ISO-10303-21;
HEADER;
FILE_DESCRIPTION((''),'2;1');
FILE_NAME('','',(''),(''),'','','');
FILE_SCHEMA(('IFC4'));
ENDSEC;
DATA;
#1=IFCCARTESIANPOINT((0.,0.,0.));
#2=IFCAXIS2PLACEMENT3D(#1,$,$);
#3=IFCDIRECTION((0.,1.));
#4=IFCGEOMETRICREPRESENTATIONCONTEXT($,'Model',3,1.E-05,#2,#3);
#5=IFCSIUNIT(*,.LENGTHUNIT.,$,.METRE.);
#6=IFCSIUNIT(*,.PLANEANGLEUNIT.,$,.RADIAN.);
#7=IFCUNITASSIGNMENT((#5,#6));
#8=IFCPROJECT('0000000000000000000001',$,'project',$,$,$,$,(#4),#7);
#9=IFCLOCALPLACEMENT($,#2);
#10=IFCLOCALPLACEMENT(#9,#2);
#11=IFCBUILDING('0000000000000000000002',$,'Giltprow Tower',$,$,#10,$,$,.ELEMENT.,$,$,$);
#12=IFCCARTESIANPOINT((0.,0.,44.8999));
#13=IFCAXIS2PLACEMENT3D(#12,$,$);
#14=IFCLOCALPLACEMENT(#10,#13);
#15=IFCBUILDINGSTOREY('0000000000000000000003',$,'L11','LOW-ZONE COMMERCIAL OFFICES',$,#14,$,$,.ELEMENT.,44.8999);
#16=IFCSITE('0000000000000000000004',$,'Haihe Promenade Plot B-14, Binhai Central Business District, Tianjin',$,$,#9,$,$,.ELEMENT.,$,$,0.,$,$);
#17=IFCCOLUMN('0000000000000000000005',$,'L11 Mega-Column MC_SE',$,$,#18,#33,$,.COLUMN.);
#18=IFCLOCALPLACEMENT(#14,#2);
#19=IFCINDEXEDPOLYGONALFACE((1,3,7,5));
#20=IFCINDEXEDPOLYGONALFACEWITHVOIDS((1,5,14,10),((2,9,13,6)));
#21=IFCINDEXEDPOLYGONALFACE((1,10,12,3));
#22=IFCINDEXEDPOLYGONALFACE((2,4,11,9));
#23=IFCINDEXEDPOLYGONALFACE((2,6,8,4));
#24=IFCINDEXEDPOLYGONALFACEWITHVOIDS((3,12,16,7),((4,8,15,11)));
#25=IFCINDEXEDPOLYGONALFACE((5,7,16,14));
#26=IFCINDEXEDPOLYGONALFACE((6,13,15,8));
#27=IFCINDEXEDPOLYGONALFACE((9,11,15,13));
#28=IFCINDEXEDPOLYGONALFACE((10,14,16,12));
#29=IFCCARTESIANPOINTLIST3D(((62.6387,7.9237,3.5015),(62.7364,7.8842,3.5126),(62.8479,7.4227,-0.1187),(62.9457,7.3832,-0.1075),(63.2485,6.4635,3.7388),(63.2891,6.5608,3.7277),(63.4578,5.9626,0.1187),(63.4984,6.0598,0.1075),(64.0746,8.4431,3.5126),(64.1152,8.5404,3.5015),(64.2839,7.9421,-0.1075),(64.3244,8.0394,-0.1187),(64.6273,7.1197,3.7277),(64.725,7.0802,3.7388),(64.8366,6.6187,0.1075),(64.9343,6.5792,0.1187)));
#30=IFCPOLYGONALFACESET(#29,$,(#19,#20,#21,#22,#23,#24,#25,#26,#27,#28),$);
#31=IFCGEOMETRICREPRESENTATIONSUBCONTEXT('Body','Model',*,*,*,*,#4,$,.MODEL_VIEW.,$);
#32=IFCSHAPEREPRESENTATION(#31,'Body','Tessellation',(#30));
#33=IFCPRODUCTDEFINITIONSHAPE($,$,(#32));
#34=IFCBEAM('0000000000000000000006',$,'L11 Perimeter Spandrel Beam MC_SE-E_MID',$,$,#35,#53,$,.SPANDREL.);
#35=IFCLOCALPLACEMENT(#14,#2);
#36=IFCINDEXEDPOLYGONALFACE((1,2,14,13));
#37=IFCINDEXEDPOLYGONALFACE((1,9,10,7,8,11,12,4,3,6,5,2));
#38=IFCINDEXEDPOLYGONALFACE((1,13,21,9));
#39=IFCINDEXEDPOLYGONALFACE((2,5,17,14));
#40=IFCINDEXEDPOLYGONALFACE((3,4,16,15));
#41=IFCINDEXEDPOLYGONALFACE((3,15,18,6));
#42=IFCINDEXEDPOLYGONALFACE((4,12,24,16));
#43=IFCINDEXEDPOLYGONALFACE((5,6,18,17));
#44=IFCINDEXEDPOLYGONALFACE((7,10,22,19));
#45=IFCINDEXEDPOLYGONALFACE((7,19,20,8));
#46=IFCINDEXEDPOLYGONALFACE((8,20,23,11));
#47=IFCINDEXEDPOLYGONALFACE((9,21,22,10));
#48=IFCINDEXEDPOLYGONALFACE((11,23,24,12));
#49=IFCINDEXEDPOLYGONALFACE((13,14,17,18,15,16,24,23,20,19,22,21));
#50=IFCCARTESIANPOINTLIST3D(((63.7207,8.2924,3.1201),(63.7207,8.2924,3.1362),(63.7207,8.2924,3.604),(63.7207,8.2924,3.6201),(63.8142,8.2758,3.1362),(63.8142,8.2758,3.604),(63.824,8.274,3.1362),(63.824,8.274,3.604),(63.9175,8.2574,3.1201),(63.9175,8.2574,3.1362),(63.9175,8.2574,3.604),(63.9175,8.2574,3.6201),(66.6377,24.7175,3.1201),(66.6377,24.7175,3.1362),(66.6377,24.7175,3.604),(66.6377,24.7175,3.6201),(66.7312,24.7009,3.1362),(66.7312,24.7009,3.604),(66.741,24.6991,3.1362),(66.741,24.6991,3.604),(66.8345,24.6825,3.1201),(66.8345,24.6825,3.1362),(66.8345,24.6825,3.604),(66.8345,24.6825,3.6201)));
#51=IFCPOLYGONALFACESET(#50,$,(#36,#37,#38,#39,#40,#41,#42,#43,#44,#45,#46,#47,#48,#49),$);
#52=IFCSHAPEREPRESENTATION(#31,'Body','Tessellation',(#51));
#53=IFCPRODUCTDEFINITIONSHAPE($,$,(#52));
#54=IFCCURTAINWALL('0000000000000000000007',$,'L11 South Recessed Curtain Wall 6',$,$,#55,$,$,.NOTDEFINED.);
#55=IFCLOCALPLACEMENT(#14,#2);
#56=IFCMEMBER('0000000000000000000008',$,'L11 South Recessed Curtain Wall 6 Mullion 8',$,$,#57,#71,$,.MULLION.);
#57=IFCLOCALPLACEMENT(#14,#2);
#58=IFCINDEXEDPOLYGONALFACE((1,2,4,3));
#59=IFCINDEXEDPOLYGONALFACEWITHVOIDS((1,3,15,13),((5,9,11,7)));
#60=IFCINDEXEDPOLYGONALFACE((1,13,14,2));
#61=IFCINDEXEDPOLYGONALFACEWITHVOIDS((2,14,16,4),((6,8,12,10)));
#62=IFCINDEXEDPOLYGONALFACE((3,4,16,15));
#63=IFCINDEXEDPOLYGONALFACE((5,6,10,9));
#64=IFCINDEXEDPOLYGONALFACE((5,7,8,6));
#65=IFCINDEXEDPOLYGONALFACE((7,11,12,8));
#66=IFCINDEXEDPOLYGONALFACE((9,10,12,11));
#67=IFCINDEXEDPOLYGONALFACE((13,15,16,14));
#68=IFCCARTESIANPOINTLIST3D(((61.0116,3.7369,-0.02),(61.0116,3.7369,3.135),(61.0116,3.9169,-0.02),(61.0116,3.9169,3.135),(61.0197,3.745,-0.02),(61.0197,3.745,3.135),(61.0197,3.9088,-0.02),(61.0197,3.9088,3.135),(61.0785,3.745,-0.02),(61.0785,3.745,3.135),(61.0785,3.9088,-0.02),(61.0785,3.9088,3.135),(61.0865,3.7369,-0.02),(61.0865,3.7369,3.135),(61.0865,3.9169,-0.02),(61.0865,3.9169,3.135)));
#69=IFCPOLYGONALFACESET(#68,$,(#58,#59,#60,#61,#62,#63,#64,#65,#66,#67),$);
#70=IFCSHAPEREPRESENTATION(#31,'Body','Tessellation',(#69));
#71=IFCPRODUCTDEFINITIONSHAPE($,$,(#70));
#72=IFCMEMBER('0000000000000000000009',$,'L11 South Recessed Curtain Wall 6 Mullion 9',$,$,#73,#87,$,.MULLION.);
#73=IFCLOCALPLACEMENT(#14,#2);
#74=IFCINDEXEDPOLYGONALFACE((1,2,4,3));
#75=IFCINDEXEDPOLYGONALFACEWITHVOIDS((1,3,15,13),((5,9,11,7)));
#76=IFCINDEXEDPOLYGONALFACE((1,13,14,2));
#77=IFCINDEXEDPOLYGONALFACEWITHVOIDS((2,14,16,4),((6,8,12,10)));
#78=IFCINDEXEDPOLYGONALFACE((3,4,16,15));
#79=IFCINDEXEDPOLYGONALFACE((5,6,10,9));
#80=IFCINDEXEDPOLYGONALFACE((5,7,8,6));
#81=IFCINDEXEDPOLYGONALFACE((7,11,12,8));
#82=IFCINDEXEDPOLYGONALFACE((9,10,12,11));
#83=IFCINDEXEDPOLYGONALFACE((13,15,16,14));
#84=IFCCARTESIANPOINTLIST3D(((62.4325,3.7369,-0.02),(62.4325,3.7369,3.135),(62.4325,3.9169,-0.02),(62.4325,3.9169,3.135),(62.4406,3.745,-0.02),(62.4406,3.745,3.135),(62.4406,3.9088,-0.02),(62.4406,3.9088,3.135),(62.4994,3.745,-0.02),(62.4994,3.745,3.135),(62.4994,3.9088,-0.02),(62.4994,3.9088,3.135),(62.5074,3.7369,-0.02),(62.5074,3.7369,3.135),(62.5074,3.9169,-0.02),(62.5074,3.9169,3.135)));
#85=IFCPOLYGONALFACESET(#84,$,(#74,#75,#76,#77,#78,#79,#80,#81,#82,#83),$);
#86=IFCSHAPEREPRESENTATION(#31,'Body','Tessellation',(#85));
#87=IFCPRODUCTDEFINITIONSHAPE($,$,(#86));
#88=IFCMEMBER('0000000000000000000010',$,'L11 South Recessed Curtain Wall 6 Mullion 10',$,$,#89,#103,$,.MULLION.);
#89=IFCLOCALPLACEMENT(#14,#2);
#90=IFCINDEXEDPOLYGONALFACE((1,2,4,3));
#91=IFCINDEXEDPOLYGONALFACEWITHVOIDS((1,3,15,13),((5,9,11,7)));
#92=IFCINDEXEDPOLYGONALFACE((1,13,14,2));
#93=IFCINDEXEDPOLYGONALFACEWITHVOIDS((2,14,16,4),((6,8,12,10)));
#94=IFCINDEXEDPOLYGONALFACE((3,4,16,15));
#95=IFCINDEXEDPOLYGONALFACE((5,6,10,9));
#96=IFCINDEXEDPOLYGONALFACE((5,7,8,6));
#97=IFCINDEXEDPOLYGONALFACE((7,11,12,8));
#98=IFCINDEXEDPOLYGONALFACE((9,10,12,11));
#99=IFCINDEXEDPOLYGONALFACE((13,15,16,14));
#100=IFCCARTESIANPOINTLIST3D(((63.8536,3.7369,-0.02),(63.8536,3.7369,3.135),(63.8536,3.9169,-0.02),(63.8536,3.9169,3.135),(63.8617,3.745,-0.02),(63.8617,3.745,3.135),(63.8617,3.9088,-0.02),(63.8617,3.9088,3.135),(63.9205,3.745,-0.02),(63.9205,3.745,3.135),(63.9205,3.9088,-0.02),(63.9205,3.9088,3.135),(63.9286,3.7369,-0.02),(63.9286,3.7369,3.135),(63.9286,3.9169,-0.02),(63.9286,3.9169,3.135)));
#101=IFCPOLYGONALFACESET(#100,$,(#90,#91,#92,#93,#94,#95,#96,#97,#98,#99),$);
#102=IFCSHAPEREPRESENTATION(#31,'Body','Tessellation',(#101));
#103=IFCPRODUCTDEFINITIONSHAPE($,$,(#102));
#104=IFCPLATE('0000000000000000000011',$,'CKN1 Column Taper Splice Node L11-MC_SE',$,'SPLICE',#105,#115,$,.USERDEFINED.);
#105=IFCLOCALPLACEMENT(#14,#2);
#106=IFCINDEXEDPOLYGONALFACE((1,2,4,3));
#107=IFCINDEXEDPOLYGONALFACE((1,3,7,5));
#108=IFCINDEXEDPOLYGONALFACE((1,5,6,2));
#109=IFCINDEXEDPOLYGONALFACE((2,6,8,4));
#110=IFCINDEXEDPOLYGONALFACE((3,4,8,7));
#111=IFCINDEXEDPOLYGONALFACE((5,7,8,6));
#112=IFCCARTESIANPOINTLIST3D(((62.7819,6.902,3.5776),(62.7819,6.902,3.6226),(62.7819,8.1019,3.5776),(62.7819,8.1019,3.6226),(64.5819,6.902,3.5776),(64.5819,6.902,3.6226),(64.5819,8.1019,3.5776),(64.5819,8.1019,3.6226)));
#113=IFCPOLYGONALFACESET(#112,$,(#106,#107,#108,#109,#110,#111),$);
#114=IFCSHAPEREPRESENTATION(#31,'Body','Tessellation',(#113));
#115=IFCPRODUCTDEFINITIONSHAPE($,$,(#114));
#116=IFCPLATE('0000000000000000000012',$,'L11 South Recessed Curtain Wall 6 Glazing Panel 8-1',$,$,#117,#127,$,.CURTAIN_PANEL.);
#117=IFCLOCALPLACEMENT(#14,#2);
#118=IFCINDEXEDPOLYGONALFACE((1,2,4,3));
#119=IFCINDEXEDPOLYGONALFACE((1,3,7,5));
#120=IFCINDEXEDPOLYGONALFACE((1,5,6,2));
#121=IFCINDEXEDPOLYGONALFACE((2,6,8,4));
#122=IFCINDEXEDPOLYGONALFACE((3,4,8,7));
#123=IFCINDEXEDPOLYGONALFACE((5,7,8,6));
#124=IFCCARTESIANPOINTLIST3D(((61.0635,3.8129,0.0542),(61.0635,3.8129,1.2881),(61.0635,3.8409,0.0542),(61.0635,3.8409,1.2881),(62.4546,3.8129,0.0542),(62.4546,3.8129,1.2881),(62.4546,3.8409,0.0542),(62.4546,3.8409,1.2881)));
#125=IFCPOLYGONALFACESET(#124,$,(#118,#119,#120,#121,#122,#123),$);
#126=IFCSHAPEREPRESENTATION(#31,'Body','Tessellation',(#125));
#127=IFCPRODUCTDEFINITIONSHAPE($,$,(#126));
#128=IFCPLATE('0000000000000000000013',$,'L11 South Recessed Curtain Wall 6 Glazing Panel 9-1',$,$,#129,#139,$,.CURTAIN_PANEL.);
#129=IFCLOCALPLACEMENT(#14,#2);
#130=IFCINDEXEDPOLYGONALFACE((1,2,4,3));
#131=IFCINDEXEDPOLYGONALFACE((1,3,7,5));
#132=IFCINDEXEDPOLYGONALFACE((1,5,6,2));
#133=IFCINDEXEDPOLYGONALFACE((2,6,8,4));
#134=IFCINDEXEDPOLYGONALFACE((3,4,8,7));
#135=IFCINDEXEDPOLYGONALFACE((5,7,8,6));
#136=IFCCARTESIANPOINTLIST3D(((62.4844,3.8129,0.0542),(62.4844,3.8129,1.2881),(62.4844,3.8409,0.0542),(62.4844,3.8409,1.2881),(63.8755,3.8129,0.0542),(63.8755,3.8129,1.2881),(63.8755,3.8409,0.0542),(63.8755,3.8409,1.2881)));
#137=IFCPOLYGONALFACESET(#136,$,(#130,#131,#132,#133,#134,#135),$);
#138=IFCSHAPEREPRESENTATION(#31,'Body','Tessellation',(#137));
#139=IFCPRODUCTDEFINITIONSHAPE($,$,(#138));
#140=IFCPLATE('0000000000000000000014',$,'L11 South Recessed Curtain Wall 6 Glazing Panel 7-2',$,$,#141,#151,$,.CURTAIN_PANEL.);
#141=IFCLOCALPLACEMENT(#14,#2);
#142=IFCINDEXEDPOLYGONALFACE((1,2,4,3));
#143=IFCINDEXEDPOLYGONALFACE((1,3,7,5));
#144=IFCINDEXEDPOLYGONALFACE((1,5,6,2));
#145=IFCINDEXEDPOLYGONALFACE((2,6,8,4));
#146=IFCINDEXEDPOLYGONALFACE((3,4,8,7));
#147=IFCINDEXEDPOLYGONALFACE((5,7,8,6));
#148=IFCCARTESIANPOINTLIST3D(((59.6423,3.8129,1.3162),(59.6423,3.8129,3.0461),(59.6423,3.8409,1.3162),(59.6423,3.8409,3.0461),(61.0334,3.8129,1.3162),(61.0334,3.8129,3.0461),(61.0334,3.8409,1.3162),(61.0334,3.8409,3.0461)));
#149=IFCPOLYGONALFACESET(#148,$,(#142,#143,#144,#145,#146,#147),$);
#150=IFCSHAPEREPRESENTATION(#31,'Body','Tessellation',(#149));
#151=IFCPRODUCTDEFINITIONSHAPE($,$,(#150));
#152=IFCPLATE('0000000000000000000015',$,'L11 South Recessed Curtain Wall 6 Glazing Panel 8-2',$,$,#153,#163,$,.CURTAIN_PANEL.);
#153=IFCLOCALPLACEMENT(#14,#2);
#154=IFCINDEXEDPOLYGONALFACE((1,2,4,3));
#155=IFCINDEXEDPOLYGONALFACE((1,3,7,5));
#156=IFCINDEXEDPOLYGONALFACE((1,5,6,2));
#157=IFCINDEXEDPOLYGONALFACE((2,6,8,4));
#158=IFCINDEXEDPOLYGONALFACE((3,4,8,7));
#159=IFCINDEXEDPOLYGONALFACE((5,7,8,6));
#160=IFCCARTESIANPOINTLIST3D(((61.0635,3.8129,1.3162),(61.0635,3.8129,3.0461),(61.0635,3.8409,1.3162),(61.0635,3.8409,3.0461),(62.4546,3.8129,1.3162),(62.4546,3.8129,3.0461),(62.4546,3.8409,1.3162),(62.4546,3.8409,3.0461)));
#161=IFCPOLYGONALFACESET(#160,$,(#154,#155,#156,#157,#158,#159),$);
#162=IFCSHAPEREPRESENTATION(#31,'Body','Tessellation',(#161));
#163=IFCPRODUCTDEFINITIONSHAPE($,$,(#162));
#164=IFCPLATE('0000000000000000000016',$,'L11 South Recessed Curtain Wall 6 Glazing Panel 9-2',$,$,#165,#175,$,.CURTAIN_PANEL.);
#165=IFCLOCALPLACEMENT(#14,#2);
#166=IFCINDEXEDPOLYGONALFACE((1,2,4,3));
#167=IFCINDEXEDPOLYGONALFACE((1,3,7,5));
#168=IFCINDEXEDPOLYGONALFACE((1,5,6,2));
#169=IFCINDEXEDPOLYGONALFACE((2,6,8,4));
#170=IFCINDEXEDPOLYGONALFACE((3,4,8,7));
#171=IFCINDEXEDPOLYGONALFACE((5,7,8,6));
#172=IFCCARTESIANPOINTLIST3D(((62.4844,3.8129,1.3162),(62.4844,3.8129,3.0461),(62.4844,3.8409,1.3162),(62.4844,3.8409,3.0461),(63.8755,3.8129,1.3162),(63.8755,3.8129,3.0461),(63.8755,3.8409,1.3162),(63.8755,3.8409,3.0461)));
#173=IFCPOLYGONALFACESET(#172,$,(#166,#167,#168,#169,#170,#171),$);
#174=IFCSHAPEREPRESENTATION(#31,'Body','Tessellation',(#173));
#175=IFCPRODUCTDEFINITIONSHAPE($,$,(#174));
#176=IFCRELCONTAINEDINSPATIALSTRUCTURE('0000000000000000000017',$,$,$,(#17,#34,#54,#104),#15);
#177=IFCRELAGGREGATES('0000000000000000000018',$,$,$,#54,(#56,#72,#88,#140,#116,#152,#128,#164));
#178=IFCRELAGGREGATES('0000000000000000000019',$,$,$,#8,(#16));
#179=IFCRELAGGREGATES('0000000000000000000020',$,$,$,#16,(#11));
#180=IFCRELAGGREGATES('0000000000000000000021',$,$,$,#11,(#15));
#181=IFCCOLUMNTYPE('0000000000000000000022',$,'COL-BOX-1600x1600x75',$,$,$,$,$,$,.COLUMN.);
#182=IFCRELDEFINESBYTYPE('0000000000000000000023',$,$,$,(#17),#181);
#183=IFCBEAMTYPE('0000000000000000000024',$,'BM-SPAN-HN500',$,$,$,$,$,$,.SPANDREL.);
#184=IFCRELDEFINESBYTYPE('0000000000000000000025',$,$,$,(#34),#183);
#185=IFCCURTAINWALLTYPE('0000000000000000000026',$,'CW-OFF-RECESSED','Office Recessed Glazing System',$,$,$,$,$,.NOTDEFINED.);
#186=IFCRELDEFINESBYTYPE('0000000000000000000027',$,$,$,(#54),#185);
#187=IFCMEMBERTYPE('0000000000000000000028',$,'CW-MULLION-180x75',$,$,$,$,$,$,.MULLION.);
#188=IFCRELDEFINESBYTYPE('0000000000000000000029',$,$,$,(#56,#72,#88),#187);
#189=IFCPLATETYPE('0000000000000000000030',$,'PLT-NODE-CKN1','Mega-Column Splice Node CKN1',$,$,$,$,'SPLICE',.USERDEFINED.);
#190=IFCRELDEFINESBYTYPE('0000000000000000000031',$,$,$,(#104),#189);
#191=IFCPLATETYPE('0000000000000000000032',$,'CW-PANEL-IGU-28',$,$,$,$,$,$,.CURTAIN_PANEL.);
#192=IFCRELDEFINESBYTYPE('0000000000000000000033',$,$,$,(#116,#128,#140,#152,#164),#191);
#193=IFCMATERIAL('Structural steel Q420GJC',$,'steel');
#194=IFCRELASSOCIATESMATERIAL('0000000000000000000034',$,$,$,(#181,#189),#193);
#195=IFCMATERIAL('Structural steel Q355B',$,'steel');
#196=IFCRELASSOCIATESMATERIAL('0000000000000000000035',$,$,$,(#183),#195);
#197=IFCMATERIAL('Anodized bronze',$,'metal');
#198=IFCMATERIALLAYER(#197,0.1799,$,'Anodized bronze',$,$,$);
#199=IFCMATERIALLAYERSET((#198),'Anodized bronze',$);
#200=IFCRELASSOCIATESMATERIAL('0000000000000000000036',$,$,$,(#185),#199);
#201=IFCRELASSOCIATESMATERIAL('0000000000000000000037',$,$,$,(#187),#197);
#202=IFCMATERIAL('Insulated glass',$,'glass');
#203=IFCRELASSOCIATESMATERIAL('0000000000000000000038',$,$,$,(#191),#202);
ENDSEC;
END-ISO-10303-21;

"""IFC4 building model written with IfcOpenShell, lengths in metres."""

from ifc_helpers import new_model, si_unit, direction, frame, origin, origin_2d, place, context, subcontext, project, spatial, rectangle, hollow_rectangle, i_section, extrude, source, transform, mapped, material, layer, layer_set, material_profile, profile_set, type_object, element, aggregate, save


model = new_model("IFC4")

# Units and contexts
model_context = context("Model", 3, precision=1e-05, world=origin(), true_north=direction((0.0, 1.0)))
body_context = subcontext(model_context, "Body", "Model", "MODEL_VIEW")
ifc_project = project(units=[si_unit("LENGTHUNIT", "METRE"), si_unit("PLANEANGLEUNIT", "RADIAN")], contexts=[model_context])

# Site, building, storey
site_placement = place(None, origin())
site = spatial("IfcSite", under=ifc_project, at=site_placement, Name="Haihe Promenade Plot B-14, Binhai Central Business District, Tianjin", CompositionType="ELEMENT", RefElevation=0.0)
building_placement = place(site_placement, origin())
building = spatial("IfcBuilding", under=site, at=building_placement, Name="Giltprow Tower", CompositionType="ELEMENT")
storey_placement = place(building_placement, frame((0.0, 0.0, 44.8999)))
storey = spatial("IfcBuildingStorey", under=building, at=storey_placement, Name="L11", Description="LOW-ZONE COMMERCIAL OFFICES", CompositionType="ELEMENT", Elevation=44.8999)

# Column
ifc_material_1 = material(Name="Structural steel Q420GJC", Category="steel")
ifc_material_profile_1 = material_profile(ifc_material_1, hollow_rectangle(XDim=1.6001, YDim=1.6001, WallThickness=0.075, at=origin_2d()), Name="BOX 1600x1600x75")
ifc_profile_set_1 = profile_set([ifc_material_profile_1], Name="Structural steel Q420GJC")
column_type = type_object("IfcColumnType", Name="COL-BOX-1600x1600x75", PredefinedType="COLUMN", material=ifc_profile_set_1)
shared_shape_1 = source(origin(), body_context, "Body", "SweptSolid", [
    extrude(hollow_rectangle(XDim=1.6001, YDim=1.6001, WallThickness=0.075, at=origin_2d()), origin(), (0.0, 0.0, 1.0), 3.6606),
])
column_placement = place(storey_placement, frame((63.8911, 7.001, 0.0), z_axis=(-0.057157, 0.136856, 0.988941), x_axis=(-0.922757, -0.385382, 0.0)))
element("IfcColumn", 1, at=column_placement, inside=storey, type_object=column_type, Name="L11 Mega-Column MC_SE", PredefinedType="COLUMN", context=body_context, shape_type="MappedRepresentation", body=[
    mapped(shared_shape_1, transform((0.0, 0.0, 0.0), x_axis=(1.0, 0.0, 0.0), y_axis=(0.0, 1.0, 0.0), z_axis=(0.0, 0.0, 1.0), scale=1.0)),
])

# Beam
ifc_material_2 = material(Name="Structural steel Q355B", Category="steel")
ifc_material_profile_2 = material_profile(ifc_material_2, i_section(OverallWidth=0.2, OverallDepth=0.5, WebThickness=0.01, FlangeThickness=0.0161, at=origin_2d()), Name="HN 500x200x10x16")
ifc_profile_set_2 = profile_set([ifc_material_profile_2], Name="Structural steel Q355B")
beam_type = type_object("IfcBeamType", Name="BM-SPAN-HN500", PredefinedType="SPANDREL", material=ifc_profile_set_2)
shared_shape_2 = source(origin(), body_context, "Body", "SweptSolid", [
    extrude(i_section(OverallWidth=0.2, OverallDepth=0.5, WebThickness=0.01, FlangeThickness=0.0161, at=origin_2d()), origin(), (0.0, 0.0, 1.0), 16.6821),
])
beam_placement = place(storey_placement, frame((63.8191, 8.2749, 3.3701), z_axis=(0.174858, 0.984594, 0.0), x_axis=(-0.984594, 0.174858, 0.0)))
element("IfcBeam", 2, at=beam_placement, inside=storey, type_object=beam_type, Name="L11 Perimeter Spandrel Beam MC_SE-E_MID", PredefinedType="SPANDREL", context=body_context, shape_type="MappedRepresentation", body=[
    mapped(shared_shape_2, transform((0.0, 0.0, 0.0), x_axis=(1.0, 0.0, 0.0), y_axis=(0.0, 1.0, 0.0), z_axis=(0.0, 0.0, 1.0), scale=1.0)),
])

# Curtain wall, members
ifc_material_3 = material(Name="Anodized bronze", Category="metal")
ifc_layer_1 = layer(ifc_material_3, 0.1799, Name="Anodized bronze")
ifc_layer_set_1 = layer_set([ifc_layer_1], Name="Anodized bronze")
curtain_wall_type = type_object("IfcCurtainWallType", Name="CW-OFF-RECESSED", Description="Office Recessed Glazing System", PredefinedType="NOTDEFINED", material=ifc_layer_set_1)
curtain_wall_placement = place(storey_placement, origin())
curtain_wall = element("IfcCurtainWall", 3, at=curtain_wall_placement, inside=storey, type_object=curtain_wall_type, Name="L11 South Recessed Curtain Wall 6", PredefinedType="NOTDEFINED")
ifc_material_profile_3 = material_profile(ifc_material_3, hollow_rectangle(XDim=0.075, YDim=0.1799, WallThickness=0.0081, at=origin_2d()), Name="RHS 180x75x8")
ifc_profile_set_3 = profile_set([ifc_material_profile_3], Name="Anodized bronze")
member_type = type_object("IfcMemberType", Name="CW-MULLION-180x75", PredefinedType="MULLION", material=ifc_profile_set_3)
shared_shape_3 = source(origin(), body_context, "Body", "SweptSolid", [
    extrude(hollow_rectangle(XDim=0.075, YDim=0.1799, WallThickness=0.0081, at=origin_2d()), origin(), (0.0, 0.0, 1.0), 3.155),
])
member_1_placement = place(storey_placement, frame((61.0491, 3.8269, -0.02), z_axis=(0.0, 0.0, 1.0), x_axis=(1.0, 0.0, 0.0)))
member_1 = element("IfcMember", 4, at=member_1_placement, type_object=member_type, Name="L11 South Recessed Curtain Wall 6 Mullion 8", PredefinedType="MULLION", context=body_context, shape_type="MappedRepresentation", body=[
    mapped(shared_shape_3, transform((0.0, 0.0, 0.0), x_axis=(1.0, 0.0, 0.0), y_axis=(0.0, 1.0, 0.0), z_axis=(0.0, 0.0, 1.0), scale=1.0)),
])
member_2_placement = place(storey_placement, frame((62.47, 3.8269, -0.02), z_axis=(0.0, 0.0, 1.0), x_axis=(1.0, 0.0, 0.0)))
member_2 = element("IfcMember", 5, at=member_2_placement, type_object=member_type, Name="L11 South Recessed Curtain Wall 6 Mullion 9", PredefinedType="MULLION", context=body_context, shape_type="MappedRepresentation", body=[
    mapped(shared_shape_3, transform((0.0, 0.0, 0.0), x_axis=(1.0, 0.0, 0.0), y_axis=(0.0, 1.0, 0.0), z_axis=(0.0, 0.0, 1.0), scale=1.0)),
])
member_3_placement = place(storey_placement, frame((63.8911, 3.8269, -0.02), z_axis=(0.0, 0.0, 1.0), x_axis=(1.0, 0.0, 0.0)))
member_3 = element("IfcMember", 6, at=member_3_placement, type_object=member_type, Name="L11 South Recessed Curtain Wall 6 Mullion 10", PredefinedType="MULLION", context=body_context, shape_type="MappedRepresentation", body=[
    mapped(shared_shape_3, transform((0.0, 0.0, 0.0), x_axis=(1.0, 0.0, 0.0), y_axis=(0.0, 1.0, 0.0), z_axis=(0.0, 0.0, 1.0), scale=1.0)),
])

# Plates
plate_type_1 = type_object("IfcPlateType", Name="PLT-NODE-CKN1", Description="Mega-Column Splice Node CKN1", ElementType="SPLICE", PredefinedType="USERDEFINED", material=ifc_material_1)
shared_shape_4 = source(origin(), body_context, "Body", "SweptSolid", [
    extrude(rectangle(XDim=1.8, YDim=1.2, at=origin_2d()), origin(), (0.0, 0.0, 1.0), 0.0449),
])
plate_1_placement = place(storey_placement, frame((63.6819, 7.502, 3.5776), z_axis=(0.0, 0.0, 1.0), x_axis=(1.0, 0.0, 0.0)))
element("IfcPlate", 7, at=plate_1_placement, inside=storey, type_object=plate_type_1, Name="CKN1 Column Taper Splice Node L11-MC_SE", ObjectType="SPLICE", PredefinedType="USERDEFINED", context=body_context, shape_type="MappedRepresentation", body=[
    mapped(shared_shape_4, transform((0.0, 0.0, 0.0), x_axis=(1.0, 0.0, 0.0), y_axis=(0.0, 1.0, 0.0), z_axis=(0.0, 0.0, 1.0), scale=1.0)),
])
ifc_material_4 = material(Name="Insulated glass", Category="glass")
plate_type_2 = type_object("IfcPlateType", Name="CW-PANEL-IGU-28", PredefinedType="CURTAIN_PANEL", material=ifc_material_4)
shared_shape_5 = source(origin(), body_context, "Body", "SweptSolid", [
    extrude(rectangle(XDim=1.3911, YDim=0.0281, at=origin_2d()), origin(), (0.0, 0.0, 1.0), 1.2339),
])
plate_2_placement = place(storey_placement, frame((61.759, 3.8269, 0.0542), z_axis=(0.0, 0.0, 1.0), x_axis=(1.0, 0.0, 0.0)))
plate_2 = element("IfcPlate", 8, at=plate_2_placement, type_object=plate_type_2, Name="L11 South Recessed Curtain Wall 6 Glazing Panel 8-1", PredefinedType="CURTAIN_PANEL", context=body_context, shape_type="MappedRepresentation", body=[
    mapped(shared_shape_5, transform((0.0, 0.0, 0.0), x_axis=(1.0, 0.0, 0.0), y_axis=(0.0, 1.0, 0.0), z_axis=(0.0, 0.0, 1.0), scale=1.0)),
])
plate_3_placement = place(storey_placement, frame((63.1799, 3.8269, 0.0542), z_axis=(0.0, 0.0, 1.0), x_axis=(1.0, 0.0, 0.0)))
plate_3 = element("IfcPlate", 9, at=plate_3_placement, type_object=plate_type_2, Name="L11 South Recessed Curtain Wall 6 Glazing Panel 9-1", PredefinedType="CURTAIN_PANEL", context=body_context, shape_type="MappedRepresentation", body=[
    mapped(shared_shape_5, transform((0.0, 0.0, 0.0), x_axis=(1.0, 0.0, 0.0), y_axis=(0.0, 1.0, 0.0), z_axis=(0.0, 0.0, 1.0), scale=1.0)),
])
shared_shape_6 = source(origin(), body_context, "Body", "SweptSolid", [
    extrude(rectangle(XDim=1.3911, YDim=0.0281, at=origin_2d()), origin(), (0.0, 0.0, 1.0), 1.73),
])
plate_4_placement = place(storey_placement, frame((60.3379, 3.8269, 1.3162), z_axis=(0.0, 0.0, 1.0), x_axis=(1.0, 0.0, 0.0)))
plate_4 = element("IfcPlate", 10, at=plate_4_placement, type_object=plate_type_2, Name="L11 South Recessed Curtain Wall 6 Glazing Panel 7-2", PredefinedType="CURTAIN_PANEL", context=body_context, shape_type="MappedRepresentation", body=[
    mapped(shared_shape_6, transform((0.0, 0.0, 0.0), x_axis=(1.0, 0.0, 0.0), y_axis=(0.0, 1.0, 0.0), z_axis=(0.0, 0.0, 1.0), scale=1.0)),
])
plate_5_placement = place(storey_placement, frame((61.759, 3.8269, 1.3162), z_axis=(0.0, 0.0, 1.0), x_axis=(1.0, 0.0, 0.0)))
plate_5 = element("IfcPlate", 11, at=plate_5_placement, type_object=plate_type_2, Name="L11 South Recessed Curtain Wall 6 Glazing Panel 8-2", PredefinedType="CURTAIN_PANEL", context=body_context, shape_type="MappedRepresentation", body=[
    mapped(shared_shape_6, transform((0.0, 0.0, 0.0), x_axis=(1.0, 0.0, 0.0), y_axis=(0.0, 1.0, 0.0), z_axis=(0.0, 0.0, 1.0), scale=1.0)),
])
plate_6_placement = place(storey_placement, frame((63.1799, 3.8269, 1.3162), z_axis=(0.0, 0.0, 1.0), x_axis=(1.0, 0.0, 0.0)))
plate_6 = element("IfcPlate", 12, at=plate_6_placement, type_object=plate_type_2, Name="L11 South Recessed Curtain Wall 6 Glazing Panel 9-2", PredefinedType="CURTAIN_PANEL", context=body_context, shape_type="MappedRepresentation", body=[
    mapped(shared_shape_6, transform((0.0, 0.0, 0.0), x_axis=(1.0, 0.0, 0.0), y_axis=(0.0, 1.0, 0.0), z_axis=(0.0, 0.0, 1.0), scale=1.0)),
])
aggregate(curtain_wall, [member_1, member_2, member_3, plate_4, plate_2, plate_5, plate_3, plate_6])

save(model, "model.ifc")
